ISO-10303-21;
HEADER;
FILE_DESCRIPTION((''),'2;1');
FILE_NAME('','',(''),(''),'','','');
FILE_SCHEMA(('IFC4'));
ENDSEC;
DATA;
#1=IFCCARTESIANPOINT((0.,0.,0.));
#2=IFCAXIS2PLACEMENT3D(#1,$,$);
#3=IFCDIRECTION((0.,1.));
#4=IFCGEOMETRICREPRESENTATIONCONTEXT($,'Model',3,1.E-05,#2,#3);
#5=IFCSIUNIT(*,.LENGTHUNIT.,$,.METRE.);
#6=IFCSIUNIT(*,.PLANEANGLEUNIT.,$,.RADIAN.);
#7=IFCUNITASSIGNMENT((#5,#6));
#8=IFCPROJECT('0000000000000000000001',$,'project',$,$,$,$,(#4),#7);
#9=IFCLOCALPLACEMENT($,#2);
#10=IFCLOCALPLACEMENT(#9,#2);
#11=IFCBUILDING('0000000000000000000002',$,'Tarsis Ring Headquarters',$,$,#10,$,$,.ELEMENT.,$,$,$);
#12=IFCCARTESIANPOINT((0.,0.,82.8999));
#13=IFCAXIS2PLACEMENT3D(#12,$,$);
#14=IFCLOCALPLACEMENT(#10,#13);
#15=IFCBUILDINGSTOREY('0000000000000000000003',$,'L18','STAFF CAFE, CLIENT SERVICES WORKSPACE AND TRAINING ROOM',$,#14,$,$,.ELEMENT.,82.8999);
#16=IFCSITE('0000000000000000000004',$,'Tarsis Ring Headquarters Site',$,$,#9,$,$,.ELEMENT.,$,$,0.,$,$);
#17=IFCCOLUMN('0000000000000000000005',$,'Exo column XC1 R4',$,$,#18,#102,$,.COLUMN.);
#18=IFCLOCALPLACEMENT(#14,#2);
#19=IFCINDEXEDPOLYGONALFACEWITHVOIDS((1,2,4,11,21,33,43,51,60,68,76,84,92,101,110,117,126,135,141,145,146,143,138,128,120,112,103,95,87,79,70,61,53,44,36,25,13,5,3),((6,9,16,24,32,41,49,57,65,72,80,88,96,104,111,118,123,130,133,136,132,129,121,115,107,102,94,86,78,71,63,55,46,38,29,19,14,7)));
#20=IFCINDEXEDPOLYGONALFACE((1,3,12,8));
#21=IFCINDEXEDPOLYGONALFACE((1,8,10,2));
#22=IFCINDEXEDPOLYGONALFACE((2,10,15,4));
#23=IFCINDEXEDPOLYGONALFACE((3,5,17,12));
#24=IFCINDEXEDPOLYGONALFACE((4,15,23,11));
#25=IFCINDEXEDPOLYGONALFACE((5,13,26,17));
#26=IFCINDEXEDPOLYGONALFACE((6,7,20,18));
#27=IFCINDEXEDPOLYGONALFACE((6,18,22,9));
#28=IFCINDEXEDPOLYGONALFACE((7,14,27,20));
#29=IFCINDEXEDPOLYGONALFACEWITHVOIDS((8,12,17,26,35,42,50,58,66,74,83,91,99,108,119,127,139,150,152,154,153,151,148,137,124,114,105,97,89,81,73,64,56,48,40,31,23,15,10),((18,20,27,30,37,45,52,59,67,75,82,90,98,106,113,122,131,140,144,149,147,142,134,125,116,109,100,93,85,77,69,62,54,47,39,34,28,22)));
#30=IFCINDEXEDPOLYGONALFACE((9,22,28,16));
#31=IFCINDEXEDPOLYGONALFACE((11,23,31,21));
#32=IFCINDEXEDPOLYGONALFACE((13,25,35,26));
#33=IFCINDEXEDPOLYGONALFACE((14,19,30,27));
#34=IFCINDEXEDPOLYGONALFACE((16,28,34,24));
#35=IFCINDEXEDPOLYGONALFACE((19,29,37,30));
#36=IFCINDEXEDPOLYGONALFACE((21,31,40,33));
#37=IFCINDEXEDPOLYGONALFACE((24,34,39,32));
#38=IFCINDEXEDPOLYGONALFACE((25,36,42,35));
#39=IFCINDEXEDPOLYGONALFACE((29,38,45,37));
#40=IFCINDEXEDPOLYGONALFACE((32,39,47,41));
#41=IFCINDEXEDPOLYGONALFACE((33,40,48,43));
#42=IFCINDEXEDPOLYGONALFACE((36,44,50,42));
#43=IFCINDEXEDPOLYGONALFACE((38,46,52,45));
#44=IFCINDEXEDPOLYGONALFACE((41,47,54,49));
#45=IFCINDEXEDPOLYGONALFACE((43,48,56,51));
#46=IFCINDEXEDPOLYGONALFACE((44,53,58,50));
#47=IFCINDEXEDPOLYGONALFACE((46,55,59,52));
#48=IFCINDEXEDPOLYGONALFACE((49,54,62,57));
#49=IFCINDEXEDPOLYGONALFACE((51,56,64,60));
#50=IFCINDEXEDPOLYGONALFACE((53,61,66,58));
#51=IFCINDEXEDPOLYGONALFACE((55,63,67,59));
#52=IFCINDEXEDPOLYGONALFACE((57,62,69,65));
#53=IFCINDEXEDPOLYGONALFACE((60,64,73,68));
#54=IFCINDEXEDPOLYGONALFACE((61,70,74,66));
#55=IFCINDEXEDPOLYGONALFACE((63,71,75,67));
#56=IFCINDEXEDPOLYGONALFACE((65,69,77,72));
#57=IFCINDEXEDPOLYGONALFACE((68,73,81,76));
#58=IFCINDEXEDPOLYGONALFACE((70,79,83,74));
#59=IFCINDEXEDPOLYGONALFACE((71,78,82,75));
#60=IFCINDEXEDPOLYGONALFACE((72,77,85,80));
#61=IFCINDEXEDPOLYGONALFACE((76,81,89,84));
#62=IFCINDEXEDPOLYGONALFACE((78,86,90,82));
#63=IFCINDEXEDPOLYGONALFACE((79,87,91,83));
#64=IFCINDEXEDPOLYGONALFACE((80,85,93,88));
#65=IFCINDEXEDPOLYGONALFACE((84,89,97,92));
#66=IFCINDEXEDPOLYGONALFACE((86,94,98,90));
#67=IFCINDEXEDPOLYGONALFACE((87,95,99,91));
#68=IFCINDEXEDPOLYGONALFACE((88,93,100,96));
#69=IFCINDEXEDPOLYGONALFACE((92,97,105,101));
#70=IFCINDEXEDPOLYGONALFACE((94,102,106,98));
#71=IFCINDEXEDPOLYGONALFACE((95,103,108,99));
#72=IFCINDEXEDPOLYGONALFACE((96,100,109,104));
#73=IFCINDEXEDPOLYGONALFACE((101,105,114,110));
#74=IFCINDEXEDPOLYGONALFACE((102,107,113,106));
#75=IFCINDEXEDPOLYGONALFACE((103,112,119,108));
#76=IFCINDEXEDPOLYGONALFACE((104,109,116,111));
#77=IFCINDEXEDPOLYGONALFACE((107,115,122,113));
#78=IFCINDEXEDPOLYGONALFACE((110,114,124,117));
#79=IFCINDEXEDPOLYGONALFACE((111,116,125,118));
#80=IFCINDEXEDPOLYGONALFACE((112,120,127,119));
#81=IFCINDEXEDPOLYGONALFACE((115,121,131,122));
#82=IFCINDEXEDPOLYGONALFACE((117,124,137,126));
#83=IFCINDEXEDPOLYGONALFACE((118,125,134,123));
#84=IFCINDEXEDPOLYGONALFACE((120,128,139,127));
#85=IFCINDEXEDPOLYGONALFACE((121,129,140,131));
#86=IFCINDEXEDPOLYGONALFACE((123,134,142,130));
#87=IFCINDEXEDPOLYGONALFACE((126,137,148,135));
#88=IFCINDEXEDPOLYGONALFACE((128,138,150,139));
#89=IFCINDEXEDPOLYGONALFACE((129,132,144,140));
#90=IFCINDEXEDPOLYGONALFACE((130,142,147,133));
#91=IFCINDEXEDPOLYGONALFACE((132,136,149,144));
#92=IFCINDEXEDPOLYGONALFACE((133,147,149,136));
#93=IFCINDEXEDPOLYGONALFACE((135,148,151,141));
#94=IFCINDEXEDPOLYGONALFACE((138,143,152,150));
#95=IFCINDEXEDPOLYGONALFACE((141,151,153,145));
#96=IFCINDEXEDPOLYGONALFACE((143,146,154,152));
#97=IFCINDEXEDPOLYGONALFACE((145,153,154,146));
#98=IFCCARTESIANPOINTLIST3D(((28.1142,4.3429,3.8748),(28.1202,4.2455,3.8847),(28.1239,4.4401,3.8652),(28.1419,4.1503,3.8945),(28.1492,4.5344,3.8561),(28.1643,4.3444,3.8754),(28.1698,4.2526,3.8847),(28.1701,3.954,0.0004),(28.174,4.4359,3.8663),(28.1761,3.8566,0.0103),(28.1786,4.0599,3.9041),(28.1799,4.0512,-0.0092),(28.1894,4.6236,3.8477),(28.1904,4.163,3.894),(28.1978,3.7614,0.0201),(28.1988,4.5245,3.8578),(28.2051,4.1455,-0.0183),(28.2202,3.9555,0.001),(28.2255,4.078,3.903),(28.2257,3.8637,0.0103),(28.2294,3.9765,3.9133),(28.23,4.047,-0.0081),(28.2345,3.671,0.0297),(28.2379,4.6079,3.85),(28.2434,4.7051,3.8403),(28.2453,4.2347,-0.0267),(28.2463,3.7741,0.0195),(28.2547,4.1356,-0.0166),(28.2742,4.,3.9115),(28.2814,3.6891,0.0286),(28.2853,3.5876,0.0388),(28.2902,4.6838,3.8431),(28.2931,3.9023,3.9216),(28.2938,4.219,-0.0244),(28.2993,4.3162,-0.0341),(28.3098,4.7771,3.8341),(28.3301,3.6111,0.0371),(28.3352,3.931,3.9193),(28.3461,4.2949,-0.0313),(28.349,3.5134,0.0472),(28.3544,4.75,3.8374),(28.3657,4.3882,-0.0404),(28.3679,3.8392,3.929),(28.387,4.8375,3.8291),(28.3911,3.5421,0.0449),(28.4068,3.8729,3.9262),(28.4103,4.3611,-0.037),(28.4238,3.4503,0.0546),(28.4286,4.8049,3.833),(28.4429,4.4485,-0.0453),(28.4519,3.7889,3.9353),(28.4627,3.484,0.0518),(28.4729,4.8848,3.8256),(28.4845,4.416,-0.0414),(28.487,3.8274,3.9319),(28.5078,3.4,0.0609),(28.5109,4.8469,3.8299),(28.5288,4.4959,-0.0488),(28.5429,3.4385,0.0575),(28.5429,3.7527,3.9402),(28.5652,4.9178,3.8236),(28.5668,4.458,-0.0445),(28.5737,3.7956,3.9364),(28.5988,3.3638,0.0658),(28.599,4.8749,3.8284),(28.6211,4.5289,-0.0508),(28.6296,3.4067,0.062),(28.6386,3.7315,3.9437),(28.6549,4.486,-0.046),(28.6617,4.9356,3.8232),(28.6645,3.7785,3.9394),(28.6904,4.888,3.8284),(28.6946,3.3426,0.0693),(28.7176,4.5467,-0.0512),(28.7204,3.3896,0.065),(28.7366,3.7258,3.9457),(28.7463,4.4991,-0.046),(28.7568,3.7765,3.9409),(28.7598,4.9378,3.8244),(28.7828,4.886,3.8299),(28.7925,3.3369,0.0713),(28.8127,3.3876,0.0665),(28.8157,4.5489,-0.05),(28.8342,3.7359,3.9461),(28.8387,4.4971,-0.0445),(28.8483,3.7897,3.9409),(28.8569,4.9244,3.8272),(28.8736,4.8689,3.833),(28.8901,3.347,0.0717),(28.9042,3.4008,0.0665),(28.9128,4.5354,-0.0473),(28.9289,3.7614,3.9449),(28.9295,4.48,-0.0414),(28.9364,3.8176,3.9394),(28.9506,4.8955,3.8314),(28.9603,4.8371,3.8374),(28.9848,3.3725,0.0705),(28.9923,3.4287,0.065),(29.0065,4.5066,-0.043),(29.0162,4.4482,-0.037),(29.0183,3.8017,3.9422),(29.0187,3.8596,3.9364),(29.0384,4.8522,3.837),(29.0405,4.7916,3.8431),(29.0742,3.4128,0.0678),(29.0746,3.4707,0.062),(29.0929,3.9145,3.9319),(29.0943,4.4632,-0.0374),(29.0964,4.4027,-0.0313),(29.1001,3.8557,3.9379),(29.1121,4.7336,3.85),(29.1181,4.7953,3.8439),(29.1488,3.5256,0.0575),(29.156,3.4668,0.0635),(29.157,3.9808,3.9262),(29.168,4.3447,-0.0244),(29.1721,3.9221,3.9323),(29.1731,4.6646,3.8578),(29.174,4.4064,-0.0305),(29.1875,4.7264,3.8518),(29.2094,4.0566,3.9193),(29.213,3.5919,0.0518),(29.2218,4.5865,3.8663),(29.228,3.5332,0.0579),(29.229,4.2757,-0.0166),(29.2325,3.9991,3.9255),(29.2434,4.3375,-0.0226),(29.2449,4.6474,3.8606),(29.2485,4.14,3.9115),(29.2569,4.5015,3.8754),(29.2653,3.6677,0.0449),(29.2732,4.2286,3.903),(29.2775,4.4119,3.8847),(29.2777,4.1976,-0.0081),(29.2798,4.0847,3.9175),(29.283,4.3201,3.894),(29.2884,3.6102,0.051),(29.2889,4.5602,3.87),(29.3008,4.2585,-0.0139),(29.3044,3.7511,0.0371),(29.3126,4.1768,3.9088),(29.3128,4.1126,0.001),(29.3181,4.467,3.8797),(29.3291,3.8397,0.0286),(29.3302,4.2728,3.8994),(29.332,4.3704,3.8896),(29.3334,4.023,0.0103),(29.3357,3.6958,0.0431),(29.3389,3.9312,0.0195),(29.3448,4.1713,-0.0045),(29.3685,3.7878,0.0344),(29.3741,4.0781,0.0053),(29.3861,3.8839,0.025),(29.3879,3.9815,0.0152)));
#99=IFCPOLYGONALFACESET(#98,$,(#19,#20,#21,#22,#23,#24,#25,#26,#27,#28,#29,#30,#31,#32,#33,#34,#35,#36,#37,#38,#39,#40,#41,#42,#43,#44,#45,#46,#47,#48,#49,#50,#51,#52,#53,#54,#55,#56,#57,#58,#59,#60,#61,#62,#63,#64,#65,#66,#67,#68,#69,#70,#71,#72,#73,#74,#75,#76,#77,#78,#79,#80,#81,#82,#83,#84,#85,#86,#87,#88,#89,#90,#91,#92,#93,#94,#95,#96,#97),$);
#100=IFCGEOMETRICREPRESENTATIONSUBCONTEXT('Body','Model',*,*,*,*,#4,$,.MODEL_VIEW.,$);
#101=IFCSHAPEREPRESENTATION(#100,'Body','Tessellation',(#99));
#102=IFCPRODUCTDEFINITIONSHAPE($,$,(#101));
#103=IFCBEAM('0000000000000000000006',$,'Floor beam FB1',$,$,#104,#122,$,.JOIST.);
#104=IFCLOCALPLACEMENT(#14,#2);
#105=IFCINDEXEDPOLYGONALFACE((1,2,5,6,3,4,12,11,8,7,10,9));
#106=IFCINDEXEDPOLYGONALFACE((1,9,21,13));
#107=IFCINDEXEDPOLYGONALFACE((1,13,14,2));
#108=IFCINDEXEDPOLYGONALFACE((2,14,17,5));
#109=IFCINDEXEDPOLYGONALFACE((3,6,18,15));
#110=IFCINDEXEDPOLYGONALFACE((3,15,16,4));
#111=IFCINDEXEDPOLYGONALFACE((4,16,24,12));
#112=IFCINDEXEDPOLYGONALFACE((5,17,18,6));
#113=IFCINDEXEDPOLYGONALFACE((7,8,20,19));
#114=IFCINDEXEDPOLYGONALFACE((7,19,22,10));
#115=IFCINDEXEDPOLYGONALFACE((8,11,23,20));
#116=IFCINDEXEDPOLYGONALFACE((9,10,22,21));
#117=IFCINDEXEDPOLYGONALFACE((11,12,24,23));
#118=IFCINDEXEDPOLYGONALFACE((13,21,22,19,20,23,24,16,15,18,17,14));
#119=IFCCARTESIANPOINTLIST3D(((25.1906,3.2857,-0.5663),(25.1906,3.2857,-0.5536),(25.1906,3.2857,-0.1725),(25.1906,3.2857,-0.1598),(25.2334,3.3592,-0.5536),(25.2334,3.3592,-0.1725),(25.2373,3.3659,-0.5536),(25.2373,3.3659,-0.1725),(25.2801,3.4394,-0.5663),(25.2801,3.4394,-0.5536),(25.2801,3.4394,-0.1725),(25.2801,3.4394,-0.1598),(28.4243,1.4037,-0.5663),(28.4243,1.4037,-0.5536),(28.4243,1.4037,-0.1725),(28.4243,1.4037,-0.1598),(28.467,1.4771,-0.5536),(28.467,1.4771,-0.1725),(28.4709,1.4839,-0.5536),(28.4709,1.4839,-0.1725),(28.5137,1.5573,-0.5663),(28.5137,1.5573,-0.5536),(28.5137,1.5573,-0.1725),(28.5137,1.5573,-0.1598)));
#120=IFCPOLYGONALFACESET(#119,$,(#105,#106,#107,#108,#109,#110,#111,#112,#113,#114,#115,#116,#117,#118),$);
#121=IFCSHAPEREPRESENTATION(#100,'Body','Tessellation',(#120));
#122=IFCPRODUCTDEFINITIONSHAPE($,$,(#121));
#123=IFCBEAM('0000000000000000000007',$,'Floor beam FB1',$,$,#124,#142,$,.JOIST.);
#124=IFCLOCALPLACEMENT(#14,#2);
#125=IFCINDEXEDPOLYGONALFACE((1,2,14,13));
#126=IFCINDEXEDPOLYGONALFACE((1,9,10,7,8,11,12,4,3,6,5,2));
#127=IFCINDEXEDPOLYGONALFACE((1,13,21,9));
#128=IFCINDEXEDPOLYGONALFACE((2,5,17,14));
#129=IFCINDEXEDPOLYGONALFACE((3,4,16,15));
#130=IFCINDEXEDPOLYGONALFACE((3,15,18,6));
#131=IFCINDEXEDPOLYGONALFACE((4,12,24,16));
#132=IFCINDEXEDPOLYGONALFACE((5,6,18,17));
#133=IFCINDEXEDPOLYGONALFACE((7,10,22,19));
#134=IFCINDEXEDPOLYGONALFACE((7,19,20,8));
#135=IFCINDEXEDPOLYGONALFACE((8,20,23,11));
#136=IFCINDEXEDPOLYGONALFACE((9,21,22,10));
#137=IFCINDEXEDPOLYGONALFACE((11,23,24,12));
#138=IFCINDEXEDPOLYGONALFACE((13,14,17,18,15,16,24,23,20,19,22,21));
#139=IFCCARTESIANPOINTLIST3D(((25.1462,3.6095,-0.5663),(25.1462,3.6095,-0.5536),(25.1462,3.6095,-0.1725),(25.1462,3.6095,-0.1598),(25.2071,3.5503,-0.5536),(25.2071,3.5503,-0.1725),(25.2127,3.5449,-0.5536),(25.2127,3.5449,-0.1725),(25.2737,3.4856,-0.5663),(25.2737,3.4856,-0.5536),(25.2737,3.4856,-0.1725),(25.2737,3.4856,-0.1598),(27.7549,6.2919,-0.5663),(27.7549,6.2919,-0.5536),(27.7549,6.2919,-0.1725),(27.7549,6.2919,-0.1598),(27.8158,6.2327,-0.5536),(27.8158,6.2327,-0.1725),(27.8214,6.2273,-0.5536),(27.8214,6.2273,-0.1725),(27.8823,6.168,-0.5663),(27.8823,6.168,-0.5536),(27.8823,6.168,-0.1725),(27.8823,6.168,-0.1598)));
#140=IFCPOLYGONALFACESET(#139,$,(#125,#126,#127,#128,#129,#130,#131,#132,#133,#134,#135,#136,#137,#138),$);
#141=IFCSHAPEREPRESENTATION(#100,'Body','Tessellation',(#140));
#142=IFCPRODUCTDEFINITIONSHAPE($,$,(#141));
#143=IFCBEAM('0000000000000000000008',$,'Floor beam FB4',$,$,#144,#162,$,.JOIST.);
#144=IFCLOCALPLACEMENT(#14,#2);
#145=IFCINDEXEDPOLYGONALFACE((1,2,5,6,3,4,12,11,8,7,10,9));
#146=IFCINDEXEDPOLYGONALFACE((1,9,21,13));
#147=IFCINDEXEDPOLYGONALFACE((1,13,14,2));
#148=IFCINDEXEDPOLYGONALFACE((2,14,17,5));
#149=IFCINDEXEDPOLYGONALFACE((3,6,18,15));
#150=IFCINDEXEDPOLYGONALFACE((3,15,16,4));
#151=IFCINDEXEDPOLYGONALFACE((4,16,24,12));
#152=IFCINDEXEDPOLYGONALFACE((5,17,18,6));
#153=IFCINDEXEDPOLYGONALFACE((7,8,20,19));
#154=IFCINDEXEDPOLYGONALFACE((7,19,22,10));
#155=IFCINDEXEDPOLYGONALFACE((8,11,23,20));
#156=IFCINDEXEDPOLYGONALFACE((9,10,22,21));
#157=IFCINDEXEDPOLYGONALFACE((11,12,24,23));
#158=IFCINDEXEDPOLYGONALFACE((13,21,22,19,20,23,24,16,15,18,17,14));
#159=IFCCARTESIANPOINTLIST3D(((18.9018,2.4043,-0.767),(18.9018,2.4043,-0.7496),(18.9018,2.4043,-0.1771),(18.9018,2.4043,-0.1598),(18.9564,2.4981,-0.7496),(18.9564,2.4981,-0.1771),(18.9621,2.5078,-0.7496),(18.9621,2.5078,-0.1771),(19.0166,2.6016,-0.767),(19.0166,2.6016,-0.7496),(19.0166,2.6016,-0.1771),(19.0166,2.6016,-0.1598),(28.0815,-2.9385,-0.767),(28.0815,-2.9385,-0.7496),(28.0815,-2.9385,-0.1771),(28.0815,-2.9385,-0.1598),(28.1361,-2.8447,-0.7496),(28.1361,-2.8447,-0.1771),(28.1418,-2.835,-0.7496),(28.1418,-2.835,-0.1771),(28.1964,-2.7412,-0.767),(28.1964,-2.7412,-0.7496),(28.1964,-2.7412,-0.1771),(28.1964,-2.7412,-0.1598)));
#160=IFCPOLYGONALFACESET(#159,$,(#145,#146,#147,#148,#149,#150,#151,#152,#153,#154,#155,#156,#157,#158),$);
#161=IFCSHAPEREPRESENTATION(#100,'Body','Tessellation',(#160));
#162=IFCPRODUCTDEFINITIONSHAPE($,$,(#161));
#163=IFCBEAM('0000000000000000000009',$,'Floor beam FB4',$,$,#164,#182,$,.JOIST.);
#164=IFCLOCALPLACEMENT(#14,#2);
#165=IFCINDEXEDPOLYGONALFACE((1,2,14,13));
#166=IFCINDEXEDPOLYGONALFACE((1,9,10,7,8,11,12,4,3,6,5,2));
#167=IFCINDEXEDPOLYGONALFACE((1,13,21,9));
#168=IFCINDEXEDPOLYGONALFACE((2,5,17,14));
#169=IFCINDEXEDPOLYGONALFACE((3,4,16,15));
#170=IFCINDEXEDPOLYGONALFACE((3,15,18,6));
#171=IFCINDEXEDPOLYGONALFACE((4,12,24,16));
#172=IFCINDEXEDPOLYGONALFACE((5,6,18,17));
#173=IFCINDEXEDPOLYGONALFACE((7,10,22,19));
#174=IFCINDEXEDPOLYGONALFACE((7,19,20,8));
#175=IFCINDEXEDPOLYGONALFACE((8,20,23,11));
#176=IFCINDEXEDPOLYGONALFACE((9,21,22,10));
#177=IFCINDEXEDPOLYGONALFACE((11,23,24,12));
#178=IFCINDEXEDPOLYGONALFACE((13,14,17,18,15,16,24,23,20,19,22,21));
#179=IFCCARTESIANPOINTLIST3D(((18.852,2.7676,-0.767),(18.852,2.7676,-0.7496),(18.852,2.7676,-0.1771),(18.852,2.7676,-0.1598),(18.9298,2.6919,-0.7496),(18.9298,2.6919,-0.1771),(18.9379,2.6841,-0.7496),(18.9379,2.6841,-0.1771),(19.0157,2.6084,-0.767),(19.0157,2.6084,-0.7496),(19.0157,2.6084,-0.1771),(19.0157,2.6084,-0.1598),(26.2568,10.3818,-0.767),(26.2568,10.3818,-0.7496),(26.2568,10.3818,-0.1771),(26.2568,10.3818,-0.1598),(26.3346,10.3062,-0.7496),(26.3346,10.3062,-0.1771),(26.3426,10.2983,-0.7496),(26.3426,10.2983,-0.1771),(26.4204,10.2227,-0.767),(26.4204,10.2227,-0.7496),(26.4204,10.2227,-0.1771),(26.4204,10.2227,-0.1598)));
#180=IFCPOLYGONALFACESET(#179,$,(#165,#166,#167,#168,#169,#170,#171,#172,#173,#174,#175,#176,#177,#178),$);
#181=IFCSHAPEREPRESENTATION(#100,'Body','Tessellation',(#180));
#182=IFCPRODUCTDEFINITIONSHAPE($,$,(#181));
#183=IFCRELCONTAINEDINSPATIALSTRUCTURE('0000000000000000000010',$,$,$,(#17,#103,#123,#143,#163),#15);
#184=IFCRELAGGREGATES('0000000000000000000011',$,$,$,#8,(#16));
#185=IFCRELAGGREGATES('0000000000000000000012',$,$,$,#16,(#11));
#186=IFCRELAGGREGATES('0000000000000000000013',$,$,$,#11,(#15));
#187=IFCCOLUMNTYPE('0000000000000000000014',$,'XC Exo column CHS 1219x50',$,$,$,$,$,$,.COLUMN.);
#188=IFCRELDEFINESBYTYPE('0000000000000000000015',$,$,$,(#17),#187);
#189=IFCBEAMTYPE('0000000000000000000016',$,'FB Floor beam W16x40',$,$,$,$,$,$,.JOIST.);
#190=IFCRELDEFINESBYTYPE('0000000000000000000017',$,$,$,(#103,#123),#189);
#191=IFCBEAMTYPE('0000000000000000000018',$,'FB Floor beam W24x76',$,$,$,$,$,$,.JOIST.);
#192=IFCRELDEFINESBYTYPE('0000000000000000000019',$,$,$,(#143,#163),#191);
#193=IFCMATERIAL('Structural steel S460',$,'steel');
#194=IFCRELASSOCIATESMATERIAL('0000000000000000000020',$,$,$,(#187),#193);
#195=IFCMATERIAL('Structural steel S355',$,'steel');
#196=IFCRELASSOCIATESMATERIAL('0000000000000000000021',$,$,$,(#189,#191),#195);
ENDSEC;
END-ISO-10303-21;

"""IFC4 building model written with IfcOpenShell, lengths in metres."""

from ifc_helpers import new_model, si_unit, direction, frame, origin, origin_2d, place, context, subcontext, project, spatial, hollow_circle, i_section, extrude, material, material_profile, profile_set, type_object, element, save


model = new_model("IFC4")

# Units and contexts
model_context = context("Model", 3, precision=1e-05, world=origin(), true_north=direction((0.0, 1.0)))
body_context = subcontext(model_context, "Body", "Model", "MODEL_VIEW")
ifc_project = project(units=[si_unit("LENGTHUNIT", "METRE"), si_unit("PLANEANGLEUNIT", "RADIAN")], contexts=[model_context])

# Site, building, storey
site_placement = place(None, origin())
site = spatial("IfcSite", under=ifc_project, at=site_placement, Name="Tarsis Ring Headquarters Site", CompositionType="ELEMENT", RefElevation=0.0)
building_placement = place(site_placement, origin())
building = spatial("IfcBuilding", under=site, at=building_placement, Name="Tarsis Ring Headquarters", CompositionType="ELEMENT")
storey_placement = place(building_placement, frame((0.0, 0.0, 82.8999)))
storey = spatial("IfcBuildingStorey", under=building, at=storey_placement, Name="L18", Description="STAFF CAFE, CLIENT SERVICES WORKSPACE AND TRAINING ROOM", CompositionType="ELEMENT", Elevation=82.8999)

# Column
ifc_material_1 = material(Name="Structural steel S460", Category="steel")
ifc_material_profile_1 = material_profile(ifc_material_1, hollow_circle(Radius=0.6096, WallThickness=0.05, at=origin_2d()), Name="CHS 1219x50")
ifc_profile_set_1 = profile_set([ifc_material_profile_1], Name="Structural steel S460")
column_type = type_object("IfcColumnType", Name="XC Exo column CHS 1219x50", PredefinedType="COLUMN", material=ifc_profile_set_1)
column_placement = place(storey_placement, frame((28.7795, 3.9434, 0.0103), z_axis=(-0.014356, 0.099866, 0.994897), x_axis=(-0.989825, -0.142291, 0.0)))
element("IfcColumn", 1, at=column_placement, inside=storey, type_object=column_type, Name="Exo column XC1 R4", PredefinedType="COLUMN", context=body_context, shape_type="SweptSolid", body=[
    extrude(hollow_circle(Radius=0.6096, WallThickness=0.05, at=origin_2d()), origin(), (0.0, 0.0, 1.0), 3.8943),
])

# Beams
ifc_material_2 = material(Name="Structural steel S355", Category="steel")
ifc_material_profile_2 = material_profile(ifc_material_2, i_section(OverallWidth=0.1777, OverallDepth=0.4065, WebThickness=0.0078, FlangeThickness=0.0127, at=origin_2d()), Name="W16x40")
ifc_profile_set_2 = profile_set([ifc_material_profile_2], Name="Structural steel S355")
beam_type_1 = type_object("IfcBeamType", Name="FB Floor beam W16x40", PredefinedType="JOIST", material=ifc_profile_set_2)
beam_1_placement = place(storey_placement, frame((25.2354, 3.3625, -0.363), z_axis=(0.864268, -0.503031, 0.0), x_axis=(0.503031, 0.864268, 0.0)))
element("IfcBeam", 2, at=beam_1_placement, inside=storey, type_object=beam_type_1, Name="Floor beam FB1", PredefinedType="JOIST", context=body_context, shape_type="SweptSolid", body=[
    extrude(i_section(OverallWidth=0.1777, OverallDepth=0.4065, WebThickness=0.0078, FlangeThickness=0.0127, at=origin_2d()), origin(), (0.0, 0.0, 1.0), 3.7415),
])
beam_2_placement = place(storey_placement, frame((27.8186, 6.23, -0.363), z_axis=(-0.697186, -0.716891, 0.0), x_axis=(0.716891, -0.697186, 0.0)))
element("IfcBeam", 3, at=beam_2_placement, inside=storey, type_object=beam_type_1, Name="Floor beam FB1", PredefinedType="JOIST", context=body_context, shape_type="SweptSolid", body=[
    extrude(i_section(OverallWidth=0.1777, OverallDepth=0.4065, WebThickness=0.0078, FlangeThickness=0.0127, at=origin_2d()), origin(), (0.0, 0.0, 1.0), 3.7417),
])
ifc_material_profile_3 = material_profile(ifc_material_2, i_section(OverallWidth=0.2283, OverallDepth=0.6072, WebThickness=0.0112, FlangeThickness=0.0173, at=origin_2d()), Name="W24x76")
ifc_profile_set_3 = profile_set([ifc_material_profile_3], Name="Structural steel S355")
beam_type_2 = type_object("IfcBeamType", Name="FB Floor beam W24x76", PredefinedType="JOIST", material=ifc_profile_set_3)
beam_3_placement = place(storey_placement, frame((18.9592, 2.5029, -0.4634), z_axis=(0.864272, -0.503025, 0.0), x_axis=(0.503025, 0.864272, 0.0)))
element("IfcBeam", 4, at=beam_3_placement, inside=storey, type_object=beam_type_2, Name="Floor beam FB4", PredefinedType="JOIST", context=body_context, shape_type="SweptSolid", body=[
    extrude(i_section(OverallWidth=0.2283, OverallDepth=0.6072, WebThickness=0.0112, FlangeThickness=0.0173, at=origin_2d()), origin(), (0.0, 0.0, 1.0), 10.6213),
])
beam_4_placement = place(storey_placement, frame((26.3386, 10.3022, -0.4634), z_axis=(-0.697177, -0.716899, 0.0), x_axis=(0.716899, -0.697177, 0.0)))
element("IfcBeam", 5, at=beam_4_placement, inside=storey, type_object=beam_type_2, Name="Floor beam FB4", PredefinedType="JOIST", context=body_context, shape_type="SweptSolid", body=[
    extrude(i_section(OverallWidth=0.2283, OverallDepth=0.6072, WebThickness=0.0112, FlangeThickness=0.0173, at=origin_2d()), origin(), (0.0, 0.0, 1.0), 10.6211),
])

save(model, "model.ifc")
